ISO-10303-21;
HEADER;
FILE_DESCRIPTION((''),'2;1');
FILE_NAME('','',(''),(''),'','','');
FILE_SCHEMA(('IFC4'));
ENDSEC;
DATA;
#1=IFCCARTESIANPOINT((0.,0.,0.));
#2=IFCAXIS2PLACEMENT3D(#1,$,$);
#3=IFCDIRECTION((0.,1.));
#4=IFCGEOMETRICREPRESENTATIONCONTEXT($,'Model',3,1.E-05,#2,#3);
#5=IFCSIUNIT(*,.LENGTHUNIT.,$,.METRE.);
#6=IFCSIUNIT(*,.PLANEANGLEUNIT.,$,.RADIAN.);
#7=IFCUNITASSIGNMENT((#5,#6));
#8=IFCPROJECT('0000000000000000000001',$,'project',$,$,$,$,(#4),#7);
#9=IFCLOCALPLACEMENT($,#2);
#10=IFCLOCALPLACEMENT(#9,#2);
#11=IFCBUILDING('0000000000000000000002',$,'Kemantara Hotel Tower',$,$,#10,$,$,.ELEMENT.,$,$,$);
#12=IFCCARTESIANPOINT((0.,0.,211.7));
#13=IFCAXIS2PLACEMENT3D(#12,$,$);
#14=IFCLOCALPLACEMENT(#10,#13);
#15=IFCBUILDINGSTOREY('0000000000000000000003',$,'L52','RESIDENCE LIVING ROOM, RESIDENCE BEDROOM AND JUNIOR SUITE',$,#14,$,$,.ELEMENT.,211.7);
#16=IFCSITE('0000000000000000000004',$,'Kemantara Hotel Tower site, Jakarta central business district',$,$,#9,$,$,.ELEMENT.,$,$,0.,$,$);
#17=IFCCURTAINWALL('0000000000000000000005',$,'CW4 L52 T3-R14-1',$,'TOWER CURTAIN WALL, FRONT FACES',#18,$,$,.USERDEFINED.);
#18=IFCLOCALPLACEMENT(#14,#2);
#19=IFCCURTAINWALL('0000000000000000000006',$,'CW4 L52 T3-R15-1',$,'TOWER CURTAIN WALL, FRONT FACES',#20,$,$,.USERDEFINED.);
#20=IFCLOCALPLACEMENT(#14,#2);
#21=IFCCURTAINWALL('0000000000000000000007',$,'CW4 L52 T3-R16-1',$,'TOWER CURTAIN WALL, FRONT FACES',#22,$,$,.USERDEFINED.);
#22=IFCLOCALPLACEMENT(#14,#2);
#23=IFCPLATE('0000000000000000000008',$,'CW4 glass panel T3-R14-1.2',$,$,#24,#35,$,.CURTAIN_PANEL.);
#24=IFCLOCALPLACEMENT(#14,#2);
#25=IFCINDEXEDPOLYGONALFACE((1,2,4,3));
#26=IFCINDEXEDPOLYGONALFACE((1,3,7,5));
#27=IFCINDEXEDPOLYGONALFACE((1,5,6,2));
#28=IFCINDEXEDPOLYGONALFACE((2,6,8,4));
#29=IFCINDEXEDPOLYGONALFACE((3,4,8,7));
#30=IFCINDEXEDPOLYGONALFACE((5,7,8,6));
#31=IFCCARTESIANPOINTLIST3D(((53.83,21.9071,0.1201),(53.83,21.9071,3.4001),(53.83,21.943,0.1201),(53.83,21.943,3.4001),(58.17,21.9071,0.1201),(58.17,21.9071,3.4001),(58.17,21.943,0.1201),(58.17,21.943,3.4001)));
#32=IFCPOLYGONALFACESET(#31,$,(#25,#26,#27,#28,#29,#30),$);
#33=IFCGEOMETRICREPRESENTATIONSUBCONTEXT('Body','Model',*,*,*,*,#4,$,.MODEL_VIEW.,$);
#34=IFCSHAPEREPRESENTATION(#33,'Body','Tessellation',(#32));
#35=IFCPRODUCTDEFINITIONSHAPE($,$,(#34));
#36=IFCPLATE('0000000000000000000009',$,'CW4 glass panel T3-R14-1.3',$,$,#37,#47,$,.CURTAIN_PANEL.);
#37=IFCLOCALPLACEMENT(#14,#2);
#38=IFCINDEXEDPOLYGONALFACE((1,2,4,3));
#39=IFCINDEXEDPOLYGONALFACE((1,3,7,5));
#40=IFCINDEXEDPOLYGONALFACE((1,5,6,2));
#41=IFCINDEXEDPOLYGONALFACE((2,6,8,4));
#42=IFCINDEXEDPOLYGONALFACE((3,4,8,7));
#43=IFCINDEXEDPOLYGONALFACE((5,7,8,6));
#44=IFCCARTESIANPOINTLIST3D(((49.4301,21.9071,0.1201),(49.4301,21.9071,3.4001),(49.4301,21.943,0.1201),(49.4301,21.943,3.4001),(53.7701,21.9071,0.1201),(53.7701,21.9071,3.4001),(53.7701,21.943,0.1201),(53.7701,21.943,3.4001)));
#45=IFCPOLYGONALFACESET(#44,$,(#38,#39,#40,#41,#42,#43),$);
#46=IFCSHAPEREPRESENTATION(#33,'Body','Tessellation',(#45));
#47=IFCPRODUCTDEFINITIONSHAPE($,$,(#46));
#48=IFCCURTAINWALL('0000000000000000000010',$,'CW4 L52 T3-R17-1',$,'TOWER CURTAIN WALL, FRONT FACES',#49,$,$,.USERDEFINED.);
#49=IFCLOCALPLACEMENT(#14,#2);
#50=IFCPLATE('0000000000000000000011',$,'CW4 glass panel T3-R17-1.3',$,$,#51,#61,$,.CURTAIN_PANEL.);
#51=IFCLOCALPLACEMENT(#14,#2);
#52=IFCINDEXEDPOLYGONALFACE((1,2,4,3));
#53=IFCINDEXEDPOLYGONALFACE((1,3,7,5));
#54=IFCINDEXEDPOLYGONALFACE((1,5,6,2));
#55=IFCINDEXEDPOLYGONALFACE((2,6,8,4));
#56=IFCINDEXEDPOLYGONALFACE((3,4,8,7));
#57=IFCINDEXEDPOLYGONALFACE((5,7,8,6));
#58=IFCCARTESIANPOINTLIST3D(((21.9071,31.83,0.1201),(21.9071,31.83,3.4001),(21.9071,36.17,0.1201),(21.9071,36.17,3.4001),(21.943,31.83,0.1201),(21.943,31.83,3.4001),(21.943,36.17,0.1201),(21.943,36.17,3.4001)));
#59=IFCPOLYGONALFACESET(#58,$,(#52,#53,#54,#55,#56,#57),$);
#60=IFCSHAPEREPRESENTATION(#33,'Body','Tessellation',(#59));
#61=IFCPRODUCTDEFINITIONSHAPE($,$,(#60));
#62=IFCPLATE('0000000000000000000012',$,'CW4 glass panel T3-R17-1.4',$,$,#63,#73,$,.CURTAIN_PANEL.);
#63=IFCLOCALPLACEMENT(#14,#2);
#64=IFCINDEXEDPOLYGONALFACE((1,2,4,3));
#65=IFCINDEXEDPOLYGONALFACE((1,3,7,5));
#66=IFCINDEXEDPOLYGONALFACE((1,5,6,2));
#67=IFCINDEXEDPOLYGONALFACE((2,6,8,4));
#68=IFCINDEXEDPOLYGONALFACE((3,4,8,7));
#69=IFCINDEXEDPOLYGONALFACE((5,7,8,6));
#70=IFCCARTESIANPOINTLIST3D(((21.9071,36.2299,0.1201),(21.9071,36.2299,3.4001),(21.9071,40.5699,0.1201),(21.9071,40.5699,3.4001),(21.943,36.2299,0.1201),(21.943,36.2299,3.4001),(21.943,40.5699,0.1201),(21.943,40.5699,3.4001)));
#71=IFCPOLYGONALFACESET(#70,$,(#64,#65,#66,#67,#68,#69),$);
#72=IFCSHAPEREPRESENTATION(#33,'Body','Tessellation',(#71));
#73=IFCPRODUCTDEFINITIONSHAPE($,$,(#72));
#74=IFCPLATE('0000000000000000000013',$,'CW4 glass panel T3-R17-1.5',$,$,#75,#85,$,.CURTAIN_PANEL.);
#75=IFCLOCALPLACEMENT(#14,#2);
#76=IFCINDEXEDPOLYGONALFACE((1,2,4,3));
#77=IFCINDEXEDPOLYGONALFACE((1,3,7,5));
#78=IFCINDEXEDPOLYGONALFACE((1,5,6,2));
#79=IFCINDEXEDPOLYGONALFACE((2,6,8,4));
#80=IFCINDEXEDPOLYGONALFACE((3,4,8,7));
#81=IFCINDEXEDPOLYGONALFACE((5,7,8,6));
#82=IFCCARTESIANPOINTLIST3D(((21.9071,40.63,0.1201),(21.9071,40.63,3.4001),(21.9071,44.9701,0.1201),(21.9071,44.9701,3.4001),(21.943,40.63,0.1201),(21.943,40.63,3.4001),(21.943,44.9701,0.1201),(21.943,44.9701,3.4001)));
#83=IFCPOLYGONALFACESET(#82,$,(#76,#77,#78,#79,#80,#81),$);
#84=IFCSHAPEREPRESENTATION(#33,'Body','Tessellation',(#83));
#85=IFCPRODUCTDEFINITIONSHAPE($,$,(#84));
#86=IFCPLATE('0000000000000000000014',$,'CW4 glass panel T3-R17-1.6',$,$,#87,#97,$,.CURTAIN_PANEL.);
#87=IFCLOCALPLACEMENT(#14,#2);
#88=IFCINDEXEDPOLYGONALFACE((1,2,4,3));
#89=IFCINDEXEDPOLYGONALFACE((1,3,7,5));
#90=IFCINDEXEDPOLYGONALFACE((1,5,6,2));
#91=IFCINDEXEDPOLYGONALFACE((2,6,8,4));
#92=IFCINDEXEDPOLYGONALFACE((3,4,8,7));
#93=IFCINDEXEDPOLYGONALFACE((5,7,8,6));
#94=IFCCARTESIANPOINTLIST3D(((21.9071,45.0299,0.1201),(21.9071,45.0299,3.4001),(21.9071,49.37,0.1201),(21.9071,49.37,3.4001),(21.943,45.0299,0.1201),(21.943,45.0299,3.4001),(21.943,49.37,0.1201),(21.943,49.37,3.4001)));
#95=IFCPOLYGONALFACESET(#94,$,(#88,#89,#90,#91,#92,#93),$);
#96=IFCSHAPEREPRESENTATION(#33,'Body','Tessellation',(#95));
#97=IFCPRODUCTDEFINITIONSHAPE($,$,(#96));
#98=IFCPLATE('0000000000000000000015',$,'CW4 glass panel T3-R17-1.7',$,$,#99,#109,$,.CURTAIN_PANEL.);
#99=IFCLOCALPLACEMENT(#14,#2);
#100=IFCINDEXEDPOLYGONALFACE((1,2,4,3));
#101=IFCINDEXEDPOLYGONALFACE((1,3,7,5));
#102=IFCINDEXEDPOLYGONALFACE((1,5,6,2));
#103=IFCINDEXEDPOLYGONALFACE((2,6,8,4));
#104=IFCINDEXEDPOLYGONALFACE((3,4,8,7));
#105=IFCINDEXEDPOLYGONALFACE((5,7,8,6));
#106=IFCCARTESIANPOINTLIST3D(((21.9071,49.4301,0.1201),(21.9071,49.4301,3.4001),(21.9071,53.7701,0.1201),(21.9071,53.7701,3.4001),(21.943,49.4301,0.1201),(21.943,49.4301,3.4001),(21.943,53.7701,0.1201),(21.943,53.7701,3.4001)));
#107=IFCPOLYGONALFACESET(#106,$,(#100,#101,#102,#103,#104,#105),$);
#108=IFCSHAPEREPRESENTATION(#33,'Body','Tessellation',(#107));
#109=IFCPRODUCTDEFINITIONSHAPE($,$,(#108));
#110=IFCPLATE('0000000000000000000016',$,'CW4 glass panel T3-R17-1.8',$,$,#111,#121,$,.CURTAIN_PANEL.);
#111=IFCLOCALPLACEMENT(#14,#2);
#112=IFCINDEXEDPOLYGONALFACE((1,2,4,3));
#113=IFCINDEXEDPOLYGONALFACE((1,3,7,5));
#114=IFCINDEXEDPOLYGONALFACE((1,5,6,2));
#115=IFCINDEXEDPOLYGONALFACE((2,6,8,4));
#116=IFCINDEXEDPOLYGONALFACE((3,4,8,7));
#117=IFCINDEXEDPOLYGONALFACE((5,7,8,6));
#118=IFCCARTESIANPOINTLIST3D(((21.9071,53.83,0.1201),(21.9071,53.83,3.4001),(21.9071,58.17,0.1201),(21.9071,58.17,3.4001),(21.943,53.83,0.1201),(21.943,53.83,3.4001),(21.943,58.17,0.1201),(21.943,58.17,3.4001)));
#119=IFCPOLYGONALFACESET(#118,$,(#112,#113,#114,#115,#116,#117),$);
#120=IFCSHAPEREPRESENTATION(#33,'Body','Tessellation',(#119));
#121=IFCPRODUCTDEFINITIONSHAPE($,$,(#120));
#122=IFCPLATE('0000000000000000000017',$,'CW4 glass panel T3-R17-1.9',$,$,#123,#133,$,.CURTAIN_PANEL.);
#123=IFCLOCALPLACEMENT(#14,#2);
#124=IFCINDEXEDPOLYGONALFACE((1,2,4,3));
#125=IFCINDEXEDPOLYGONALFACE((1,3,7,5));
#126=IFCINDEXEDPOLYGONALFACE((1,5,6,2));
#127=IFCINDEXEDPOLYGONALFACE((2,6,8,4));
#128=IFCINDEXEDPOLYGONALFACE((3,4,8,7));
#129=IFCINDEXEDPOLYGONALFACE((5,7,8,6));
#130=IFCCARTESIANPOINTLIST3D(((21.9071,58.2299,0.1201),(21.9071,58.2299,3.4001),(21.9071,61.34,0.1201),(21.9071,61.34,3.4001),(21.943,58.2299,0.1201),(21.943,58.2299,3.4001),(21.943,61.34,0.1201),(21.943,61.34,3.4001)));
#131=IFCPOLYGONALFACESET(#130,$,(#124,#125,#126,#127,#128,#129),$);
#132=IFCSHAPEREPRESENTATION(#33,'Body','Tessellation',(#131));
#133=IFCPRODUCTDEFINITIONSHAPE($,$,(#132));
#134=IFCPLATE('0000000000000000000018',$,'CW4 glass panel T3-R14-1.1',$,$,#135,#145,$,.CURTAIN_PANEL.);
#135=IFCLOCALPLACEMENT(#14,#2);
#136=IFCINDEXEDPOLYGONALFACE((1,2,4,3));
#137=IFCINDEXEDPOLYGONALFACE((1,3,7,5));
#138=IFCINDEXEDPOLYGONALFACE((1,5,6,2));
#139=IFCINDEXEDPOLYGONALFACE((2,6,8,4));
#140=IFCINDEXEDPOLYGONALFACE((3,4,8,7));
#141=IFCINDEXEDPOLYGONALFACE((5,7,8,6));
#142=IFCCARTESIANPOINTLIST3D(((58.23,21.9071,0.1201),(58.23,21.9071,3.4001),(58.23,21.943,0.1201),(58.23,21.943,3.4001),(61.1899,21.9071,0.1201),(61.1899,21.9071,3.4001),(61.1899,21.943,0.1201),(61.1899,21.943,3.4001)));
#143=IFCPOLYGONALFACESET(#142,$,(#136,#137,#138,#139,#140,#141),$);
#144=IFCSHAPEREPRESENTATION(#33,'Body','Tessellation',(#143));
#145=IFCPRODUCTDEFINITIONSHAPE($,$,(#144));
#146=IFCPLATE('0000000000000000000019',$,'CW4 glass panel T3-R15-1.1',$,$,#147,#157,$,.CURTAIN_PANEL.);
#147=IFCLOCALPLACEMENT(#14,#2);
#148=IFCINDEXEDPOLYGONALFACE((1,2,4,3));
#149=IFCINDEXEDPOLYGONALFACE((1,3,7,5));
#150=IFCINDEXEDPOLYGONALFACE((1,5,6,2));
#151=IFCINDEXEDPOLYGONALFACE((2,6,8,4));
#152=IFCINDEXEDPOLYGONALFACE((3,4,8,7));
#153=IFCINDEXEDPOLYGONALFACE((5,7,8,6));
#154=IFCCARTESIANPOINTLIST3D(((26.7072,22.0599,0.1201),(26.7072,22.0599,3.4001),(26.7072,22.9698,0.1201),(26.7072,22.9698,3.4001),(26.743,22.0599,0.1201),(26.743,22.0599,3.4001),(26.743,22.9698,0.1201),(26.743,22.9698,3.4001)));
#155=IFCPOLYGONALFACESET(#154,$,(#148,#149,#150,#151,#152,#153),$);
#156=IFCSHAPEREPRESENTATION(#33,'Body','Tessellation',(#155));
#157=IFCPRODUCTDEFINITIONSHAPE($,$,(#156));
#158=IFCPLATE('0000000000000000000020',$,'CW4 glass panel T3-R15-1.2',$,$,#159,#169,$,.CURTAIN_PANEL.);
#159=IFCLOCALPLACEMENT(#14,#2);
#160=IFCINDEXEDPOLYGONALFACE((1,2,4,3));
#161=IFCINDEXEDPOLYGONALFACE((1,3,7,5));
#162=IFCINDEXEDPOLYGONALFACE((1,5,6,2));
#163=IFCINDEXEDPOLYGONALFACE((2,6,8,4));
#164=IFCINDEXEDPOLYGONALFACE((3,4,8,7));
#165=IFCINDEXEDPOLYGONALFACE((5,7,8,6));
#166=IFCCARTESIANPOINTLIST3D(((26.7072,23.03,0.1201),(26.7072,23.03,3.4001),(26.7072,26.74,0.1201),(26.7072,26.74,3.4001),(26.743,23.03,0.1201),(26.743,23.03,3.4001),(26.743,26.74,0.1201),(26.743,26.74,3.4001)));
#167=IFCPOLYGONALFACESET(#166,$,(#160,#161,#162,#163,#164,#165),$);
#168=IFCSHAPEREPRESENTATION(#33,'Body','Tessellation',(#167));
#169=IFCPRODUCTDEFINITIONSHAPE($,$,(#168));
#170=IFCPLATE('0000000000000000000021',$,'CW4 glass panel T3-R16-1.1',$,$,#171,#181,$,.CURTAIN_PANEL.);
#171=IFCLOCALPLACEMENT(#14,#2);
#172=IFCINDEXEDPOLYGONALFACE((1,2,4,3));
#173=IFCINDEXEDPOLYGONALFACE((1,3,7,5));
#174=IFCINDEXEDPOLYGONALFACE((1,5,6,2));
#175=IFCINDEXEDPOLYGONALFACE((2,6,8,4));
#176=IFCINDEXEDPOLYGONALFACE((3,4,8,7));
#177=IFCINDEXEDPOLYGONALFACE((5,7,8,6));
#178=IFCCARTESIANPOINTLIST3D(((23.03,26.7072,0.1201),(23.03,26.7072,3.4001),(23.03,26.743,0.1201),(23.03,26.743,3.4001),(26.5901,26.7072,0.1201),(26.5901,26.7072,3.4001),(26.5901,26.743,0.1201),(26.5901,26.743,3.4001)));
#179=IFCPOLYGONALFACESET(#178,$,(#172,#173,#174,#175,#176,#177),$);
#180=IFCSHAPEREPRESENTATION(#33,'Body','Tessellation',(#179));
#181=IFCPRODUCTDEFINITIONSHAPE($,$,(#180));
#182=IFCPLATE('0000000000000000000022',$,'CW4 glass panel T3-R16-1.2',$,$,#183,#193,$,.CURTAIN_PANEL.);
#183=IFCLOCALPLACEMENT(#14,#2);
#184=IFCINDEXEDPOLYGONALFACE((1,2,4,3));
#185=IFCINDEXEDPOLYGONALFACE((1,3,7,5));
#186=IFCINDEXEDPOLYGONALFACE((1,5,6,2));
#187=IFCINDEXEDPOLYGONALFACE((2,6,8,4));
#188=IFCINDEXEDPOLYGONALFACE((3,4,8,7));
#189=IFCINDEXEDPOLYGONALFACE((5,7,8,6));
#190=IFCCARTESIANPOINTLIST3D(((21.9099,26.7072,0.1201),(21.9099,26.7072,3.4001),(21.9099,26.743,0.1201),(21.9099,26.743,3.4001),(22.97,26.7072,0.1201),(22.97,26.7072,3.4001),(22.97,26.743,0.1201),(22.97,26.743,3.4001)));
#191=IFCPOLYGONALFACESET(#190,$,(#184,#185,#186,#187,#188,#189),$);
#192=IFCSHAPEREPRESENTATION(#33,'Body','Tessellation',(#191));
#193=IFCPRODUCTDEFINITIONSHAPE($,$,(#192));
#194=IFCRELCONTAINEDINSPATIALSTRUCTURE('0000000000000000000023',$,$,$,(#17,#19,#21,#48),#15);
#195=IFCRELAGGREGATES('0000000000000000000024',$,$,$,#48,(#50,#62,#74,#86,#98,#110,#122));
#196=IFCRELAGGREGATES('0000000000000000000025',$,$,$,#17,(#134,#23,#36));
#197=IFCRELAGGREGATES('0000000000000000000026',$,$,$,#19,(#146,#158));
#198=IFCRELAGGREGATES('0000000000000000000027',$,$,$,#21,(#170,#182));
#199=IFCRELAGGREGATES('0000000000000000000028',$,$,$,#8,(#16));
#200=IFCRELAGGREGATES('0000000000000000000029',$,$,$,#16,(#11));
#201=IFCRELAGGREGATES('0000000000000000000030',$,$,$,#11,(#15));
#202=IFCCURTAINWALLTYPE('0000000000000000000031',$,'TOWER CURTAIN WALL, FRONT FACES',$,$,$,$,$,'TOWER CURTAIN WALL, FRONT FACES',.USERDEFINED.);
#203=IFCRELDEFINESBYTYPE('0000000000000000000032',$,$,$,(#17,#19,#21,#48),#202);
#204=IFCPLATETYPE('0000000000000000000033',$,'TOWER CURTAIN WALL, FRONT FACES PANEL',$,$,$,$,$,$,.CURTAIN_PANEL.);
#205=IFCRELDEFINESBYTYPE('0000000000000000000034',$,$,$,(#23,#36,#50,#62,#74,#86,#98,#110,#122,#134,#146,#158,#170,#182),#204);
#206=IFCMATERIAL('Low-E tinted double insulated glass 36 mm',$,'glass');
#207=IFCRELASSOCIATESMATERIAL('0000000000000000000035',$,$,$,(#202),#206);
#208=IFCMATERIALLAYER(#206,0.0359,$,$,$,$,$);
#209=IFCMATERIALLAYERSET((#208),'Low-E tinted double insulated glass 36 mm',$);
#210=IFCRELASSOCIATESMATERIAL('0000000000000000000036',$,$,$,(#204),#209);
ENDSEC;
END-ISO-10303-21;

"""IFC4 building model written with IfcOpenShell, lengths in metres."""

from ifc_helpers import new_model, si_unit, direction, frame, origin, origin_2d, place, context, subcontext, project, spatial, rectangle, extrude, source, transform, mapped, material, layer, layer_set, type_object, element, aggregate, save


model = new_model("IFC4")

# Units and contexts
model_context = context("Model", 3, precision=1e-05, world=origin(), true_north=direction((0.0, 1.0)))
body_context = subcontext(model_context, "Body", "Model", "MODEL_VIEW")
ifc_project = project(units=[si_unit("LENGTHUNIT", "METRE"), si_unit("PLANEANGLEUNIT", "RADIAN")], contexts=[model_context])

# Site, building, storey
site_placement = place(None, origin())
site = spatial("IfcSite", under=ifc_project, at=site_placement, Name="Kemantara Hotel Tower site, Jakarta central business district", CompositionType="ELEMENT", RefElevation=0.0)
building_placement = place(site_placement, origin())
building = spatial("IfcBuilding", under=site, at=building_placement, Name="Kemantara Hotel Tower", CompositionType="ELEMENT")
storey_placement = place(building_placement, frame((0.0, 0.0, 211.7)))
storey = spatial("IfcBuildingStorey", under=building, at=storey_placement, Name="L52", Description="RESIDENCE LIVING ROOM, RESIDENCE BEDROOM AND JUNIOR SUITE", CompositionType="ELEMENT", Elevation=211.7)

# Curtain walls
ifc_material_1 = material(Name="Low-E tinted double insulated glass 36 mm", Category="glass")
curtain_wall_type = type_object("IfcCurtainWallType", Name="TOWER CURTAIN WALL, FRONT FACES", ElementType="TOWER CURTAIN WALL, FRONT FACES", PredefinedType="USERDEFINED", material=ifc_material_1)
curtain_wall_1_placement = place(storey_placement, origin())
curtain_wall_1 = element("IfcCurtainWall", 1, at=curtain_wall_1_placement, inside=storey, type_object=curtain_wall_type, Name="CW4 L52 T3-R14-1", ObjectType="TOWER CURTAIN WALL, FRONT FACES", PredefinedType="USERDEFINED")
curtain_wall_2_placement = place(storey_placement, origin())
curtain_wall_2 = element("IfcCurtainWall", 2, at=curtain_wall_2_placement, inside=storey, type_object=curtain_wall_type, Name="CW4 L52 T3-R15-1", ObjectType="TOWER CURTAIN WALL, FRONT FACES", PredefinedType="USERDEFINED")
curtain_wall_3_placement = place(storey_placement, origin())
curtain_wall_3 = element("IfcCurtainWall", 3, at=curtain_wall_3_placement, inside=storey, type_object=curtain_wall_type, Name="CW4 L52 T3-R16-1", ObjectType="TOWER CURTAIN WALL, FRONT FACES", PredefinedType="USERDEFINED")

# Plates
ifc_layer_1 = layer(ifc_material_1, 0.0359)
ifc_layer_set_1 = layer_set([ifc_layer_1], Name="Low-E tinted double insulated glass 36 mm")
plate_type = type_object("IfcPlateType", Name="TOWER CURTAIN WALL, FRONT FACES PANEL", PredefinedType="CURTAIN_PANEL", material=ifc_layer_set_1)
shared_shape_1 = source(origin(), body_context, "Body", "SweptSolid", [
    extrude(rectangle(XDim=4.3401, YDim=0.0359, at=origin_2d()), origin(), (0.0, 0.0, 1.0), 3.28),
])
plate_1_placement = place(storey_placement, frame((56.0, 21.925, 0.1201), z_axis=(0.0, 0.0, 1.0), x_axis=(-1.0, 0.0, 0.0)))
plate_1 = element("IfcPlate", 4, at=plate_1_placement, type_object=plate_type, Name="CW4 glass panel T3-R14-1.2", PredefinedType="CURTAIN_PANEL", context=body_context, shape_type="MappedRepresentation", body=[
    mapped(shared_shape_1, transform((0.0, 0.0, 0.0))),
])
plate_2_placement = place(storey_placement, frame((51.6001, 21.925, 0.1201), z_axis=(0.0, 0.0, 1.0), x_axis=(-1.0, 0.0, 0.0)))
plate_2 = element("IfcPlate", 5, at=plate_2_placement, type_object=plate_type, Name="CW4 glass panel T3-R14-1.3", PredefinedType="CURTAIN_PANEL", context=body_context, shape_type="MappedRepresentation", body=[
    mapped(shared_shape_1, transform((0.0, 0.0, 0.0))),
])

# Curtain wall, plates
curtain_wall_4_placement = place(storey_placement, origin())
curtain_wall_4 = element("IfcCurtainWall", 6, at=curtain_wall_4_placement, inside=storey, type_object=curtain_wall_type, Name="CW4 L52 T3-R17-1", ObjectType="TOWER CURTAIN WALL, FRONT FACES", PredefinedType="USERDEFINED")
plate_3_placement = place(storey_placement, frame((21.925, 34.0, 0.1201), z_axis=(0.0, 0.0, 1.0), x_axis=(0.0, 1.0, 0.0)))
plate_3 = element("IfcPlate", 7, at=plate_3_placement, type_object=plate_type, Name="CW4 glass panel T3-R17-1.3", PredefinedType="CURTAIN_PANEL", context=body_context, shape_type="MappedRepresentation", body=[
    mapped(shared_shape_1, transform((0.0, 0.0, 0.0))),
])
plate_4_placement = place(storey_placement, frame((21.925, 38.3999, 0.1201), z_axis=(0.0, 0.0, 1.0), x_axis=(0.0, 1.0, 0.0)))
plate_4 = element("IfcPlate", 8, at=plate_4_placement, type_object=plate_type, Name="CW4 glass panel T3-R17-1.4", PredefinedType="CURTAIN_PANEL", context=body_context, shape_type="MappedRepresentation", body=[
    mapped(shared_shape_1, transform((0.0, 0.0, 0.0))),
])
plate_5_placement = place(storey_placement, frame((21.925, 42.8, 0.1201), z_axis=(0.0, 0.0, 1.0), x_axis=(0.0, 1.0, 0.0)))
plate_5 = element("IfcPlate", 9, at=plate_5_placement, type_object=plate_type, Name="CW4 glass panel T3-R17-1.5", PredefinedType="CURTAIN_PANEL", context=body_context, shape_type="MappedRepresentation", body=[
    mapped(shared_shape_1, transform((0.0, 0.0, 0.0))),
])
plate_6_placement = place(storey_placement, frame((21.925, 47.2, 0.1201), z_axis=(0.0, 0.0, 1.0), x_axis=(0.0, 1.0, 0.0)))
plate_6 = element("IfcPlate", 10, at=plate_6_placement, type_object=plate_type, Name="CW4 glass panel T3-R17-1.6", PredefinedType="CURTAIN_PANEL", context=body_context, shape_type="MappedRepresentation", body=[
    mapped(shared_shape_1, transform((0.0, 0.0, 0.0))),
])
plate_7_placement = place(storey_placement, frame((21.925, 51.6001, 0.1201), z_axis=(0.0, 0.0, 1.0), x_axis=(0.0, 1.0, 0.0)))
plate_7 = element("IfcPlate", 11, at=plate_7_placement, type_object=plate_type, Name="CW4 glass panel T3-R17-1.7", PredefinedType="CURTAIN_PANEL", context=body_context, shape_type="MappedRepresentation", body=[
    mapped(shared_shape_1, transform((0.0, 0.0, 0.0))),
])
plate_8_placement = place(storey_placement, frame((21.925, 56.0, 0.1201), z_axis=(0.0, 0.0, 1.0), x_axis=(0.0, 1.0, 0.0)))
plate_8 = element("IfcPlate", 12, at=plate_8_placement, type_object=plate_type, Name="CW4 glass panel T3-R17-1.8", PredefinedType="CURTAIN_PANEL", context=body_context, shape_type="MappedRepresentation", body=[
    mapped(shared_shape_1, transform((0.0, 0.0, 0.0))),
])
shared_shape_2 = source(origin(), body_context, "Body", "SweptSolid", [
    extrude(rectangle(XDim=3.1101, YDim=0.0359, at=origin_2d()), origin(), (0.0, 0.0, 1.0), 3.28),
])
plate_9_placement = place(storey_placement, frame((21.925, 59.7849, 0.1201), z_axis=(0.0, 0.0, 1.0), x_axis=(0.0, 1.0, 0.0)))
plate_9 = element("IfcPlate", 13, at=plate_9_placement, type_object=plate_type, Name="CW4 glass panel T3-R17-1.9", PredefinedType="CURTAIN_PANEL", context=body_context, shape_type="MappedRepresentation", body=[
    mapped(shared_shape_2, transform((0.0, 0.0, 0.0))),
])
aggregate(curtain_wall_4, [plate_3, plate_4, plate_5, plate_6, plate_7, plate_8, plate_9])

# Plates
shared_shape_3 = source(origin(), body_context, "Body", "SweptSolid", [
    extrude(rectangle(XDim=2.96, YDim=0.0359, at=origin_2d()), origin(), (0.0, 0.0, 1.0), 3.28),
])
plate_10_placement = place(storey_placement, frame((59.71, 21.925, 0.1201), z_axis=(0.0, 0.0, 1.0), x_axis=(-1.0, 0.0, 0.0)))
plate_10 = element("IfcPlate", 14, at=plate_10_placement, type_object=plate_type, Name="CW4 glass panel T3-R14-1.1", PredefinedType="CURTAIN_PANEL", context=body_context, shape_type="MappedRepresentation", body=[
    mapped(shared_shape_3, transform((0.0, 0.0, 0.0))),
])
aggregate(curtain_wall_1, [plate_10, plate_1, plate_2])
shared_shape_4 = source(origin(), body_context, "Body", "SweptSolid", [
    extrude(rectangle(XDim=0.9099, YDim=0.0359, at=origin_2d()), origin(), (0.0, 0.0, 1.0), 3.28),
])
plate_11_placement = place(storey_placement, frame((26.7251, 22.5149, 0.1201), z_axis=(0.0, 0.0, 1.0), x_axis=(0.0, 1.0, 0.0)))
plate_11 = element("IfcPlate", 15, at=plate_11_placement, type_object=plate_type, Name="CW4 glass panel T3-R15-1.1", PredefinedType="CURTAIN_PANEL", context=body_context, shape_type="MappedRepresentation", body=[
    mapped(shared_shape_4, transform((0.0, 0.0, 0.0))),
])
shared_shape_5 = source(origin(), body_context, "Body", "SweptSolid", [
    extrude(rectangle(XDim=3.71, YDim=0.0359, at=origin_2d()), origin(), (0.0, 0.0, 1.0), 3.28),
])
plate_12_placement = place(storey_placement, frame((26.7251, 24.885, 0.1201), z_axis=(0.0, 0.0, 1.0), x_axis=(0.0, 1.0, 0.0)))
plate_12 = element("IfcPlate", 16, at=plate_12_placement, type_object=plate_type, Name="CW4 glass panel T3-R15-1.2", PredefinedType="CURTAIN_PANEL", context=body_context, shape_type="MappedRepresentation", body=[
    mapped(shared_shape_5, transform((0.0, 0.0, 0.0))),
])
aggregate(curtain_wall_2, [plate_11, plate_12])
shared_shape_6 = source(origin(), body_context, "Body", "SweptSolid", [
    extrude(rectangle(XDim=3.5601, YDim=0.0359, at=origin_2d()), origin(), (0.0, 0.0, 1.0), 3.28),
])
plate_13_placement = place(storey_placement, frame((24.8101, 26.7251, 0.1201), z_axis=(0.0, 0.0, 1.0), x_axis=(-1.0, 0.0, 0.0)))
plate_13 = element("IfcPlate", 17, at=plate_13_placement, type_object=plate_type, Name="CW4 glass panel T3-R16-1.1", PredefinedType="CURTAIN_PANEL", context=body_context, shape_type="MappedRepresentation", body=[
    mapped(shared_shape_6, transform((0.0, 0.0, 0.0))),
])
shared_shape_7 = source(origin(), body_context, "Body", "SweptSolid", [
    extrude(rectangle(XDim=1.0601, YDim=0.0359, at=origin_2d()), origin(), (0.0, 0.0, 1.0), 3.28),
])
plate_14_placement = place(storey_placement, frame((22.4399, 26.7251, 0.1201), z_axis=(0.0, 0.0, 1.0), x_axis=(-1.0, 0.0, 0.0)))
plate_14 = element("IfcPlate", 18, at=plate_14_placement, type_object=plate_type, Name="CW4 glass panel T3-R16-1.2", PredefinedType="CURTAIN_PANEL", context=body_context, shape_type="MappedRepresentation", body=[
    mapped(shared_shape_7, transform((0.0, 0.0, 0.0))),
])
aggregate(curtain_wall_3, [plate_13, plate_14])

save(model, "model.ifc")
